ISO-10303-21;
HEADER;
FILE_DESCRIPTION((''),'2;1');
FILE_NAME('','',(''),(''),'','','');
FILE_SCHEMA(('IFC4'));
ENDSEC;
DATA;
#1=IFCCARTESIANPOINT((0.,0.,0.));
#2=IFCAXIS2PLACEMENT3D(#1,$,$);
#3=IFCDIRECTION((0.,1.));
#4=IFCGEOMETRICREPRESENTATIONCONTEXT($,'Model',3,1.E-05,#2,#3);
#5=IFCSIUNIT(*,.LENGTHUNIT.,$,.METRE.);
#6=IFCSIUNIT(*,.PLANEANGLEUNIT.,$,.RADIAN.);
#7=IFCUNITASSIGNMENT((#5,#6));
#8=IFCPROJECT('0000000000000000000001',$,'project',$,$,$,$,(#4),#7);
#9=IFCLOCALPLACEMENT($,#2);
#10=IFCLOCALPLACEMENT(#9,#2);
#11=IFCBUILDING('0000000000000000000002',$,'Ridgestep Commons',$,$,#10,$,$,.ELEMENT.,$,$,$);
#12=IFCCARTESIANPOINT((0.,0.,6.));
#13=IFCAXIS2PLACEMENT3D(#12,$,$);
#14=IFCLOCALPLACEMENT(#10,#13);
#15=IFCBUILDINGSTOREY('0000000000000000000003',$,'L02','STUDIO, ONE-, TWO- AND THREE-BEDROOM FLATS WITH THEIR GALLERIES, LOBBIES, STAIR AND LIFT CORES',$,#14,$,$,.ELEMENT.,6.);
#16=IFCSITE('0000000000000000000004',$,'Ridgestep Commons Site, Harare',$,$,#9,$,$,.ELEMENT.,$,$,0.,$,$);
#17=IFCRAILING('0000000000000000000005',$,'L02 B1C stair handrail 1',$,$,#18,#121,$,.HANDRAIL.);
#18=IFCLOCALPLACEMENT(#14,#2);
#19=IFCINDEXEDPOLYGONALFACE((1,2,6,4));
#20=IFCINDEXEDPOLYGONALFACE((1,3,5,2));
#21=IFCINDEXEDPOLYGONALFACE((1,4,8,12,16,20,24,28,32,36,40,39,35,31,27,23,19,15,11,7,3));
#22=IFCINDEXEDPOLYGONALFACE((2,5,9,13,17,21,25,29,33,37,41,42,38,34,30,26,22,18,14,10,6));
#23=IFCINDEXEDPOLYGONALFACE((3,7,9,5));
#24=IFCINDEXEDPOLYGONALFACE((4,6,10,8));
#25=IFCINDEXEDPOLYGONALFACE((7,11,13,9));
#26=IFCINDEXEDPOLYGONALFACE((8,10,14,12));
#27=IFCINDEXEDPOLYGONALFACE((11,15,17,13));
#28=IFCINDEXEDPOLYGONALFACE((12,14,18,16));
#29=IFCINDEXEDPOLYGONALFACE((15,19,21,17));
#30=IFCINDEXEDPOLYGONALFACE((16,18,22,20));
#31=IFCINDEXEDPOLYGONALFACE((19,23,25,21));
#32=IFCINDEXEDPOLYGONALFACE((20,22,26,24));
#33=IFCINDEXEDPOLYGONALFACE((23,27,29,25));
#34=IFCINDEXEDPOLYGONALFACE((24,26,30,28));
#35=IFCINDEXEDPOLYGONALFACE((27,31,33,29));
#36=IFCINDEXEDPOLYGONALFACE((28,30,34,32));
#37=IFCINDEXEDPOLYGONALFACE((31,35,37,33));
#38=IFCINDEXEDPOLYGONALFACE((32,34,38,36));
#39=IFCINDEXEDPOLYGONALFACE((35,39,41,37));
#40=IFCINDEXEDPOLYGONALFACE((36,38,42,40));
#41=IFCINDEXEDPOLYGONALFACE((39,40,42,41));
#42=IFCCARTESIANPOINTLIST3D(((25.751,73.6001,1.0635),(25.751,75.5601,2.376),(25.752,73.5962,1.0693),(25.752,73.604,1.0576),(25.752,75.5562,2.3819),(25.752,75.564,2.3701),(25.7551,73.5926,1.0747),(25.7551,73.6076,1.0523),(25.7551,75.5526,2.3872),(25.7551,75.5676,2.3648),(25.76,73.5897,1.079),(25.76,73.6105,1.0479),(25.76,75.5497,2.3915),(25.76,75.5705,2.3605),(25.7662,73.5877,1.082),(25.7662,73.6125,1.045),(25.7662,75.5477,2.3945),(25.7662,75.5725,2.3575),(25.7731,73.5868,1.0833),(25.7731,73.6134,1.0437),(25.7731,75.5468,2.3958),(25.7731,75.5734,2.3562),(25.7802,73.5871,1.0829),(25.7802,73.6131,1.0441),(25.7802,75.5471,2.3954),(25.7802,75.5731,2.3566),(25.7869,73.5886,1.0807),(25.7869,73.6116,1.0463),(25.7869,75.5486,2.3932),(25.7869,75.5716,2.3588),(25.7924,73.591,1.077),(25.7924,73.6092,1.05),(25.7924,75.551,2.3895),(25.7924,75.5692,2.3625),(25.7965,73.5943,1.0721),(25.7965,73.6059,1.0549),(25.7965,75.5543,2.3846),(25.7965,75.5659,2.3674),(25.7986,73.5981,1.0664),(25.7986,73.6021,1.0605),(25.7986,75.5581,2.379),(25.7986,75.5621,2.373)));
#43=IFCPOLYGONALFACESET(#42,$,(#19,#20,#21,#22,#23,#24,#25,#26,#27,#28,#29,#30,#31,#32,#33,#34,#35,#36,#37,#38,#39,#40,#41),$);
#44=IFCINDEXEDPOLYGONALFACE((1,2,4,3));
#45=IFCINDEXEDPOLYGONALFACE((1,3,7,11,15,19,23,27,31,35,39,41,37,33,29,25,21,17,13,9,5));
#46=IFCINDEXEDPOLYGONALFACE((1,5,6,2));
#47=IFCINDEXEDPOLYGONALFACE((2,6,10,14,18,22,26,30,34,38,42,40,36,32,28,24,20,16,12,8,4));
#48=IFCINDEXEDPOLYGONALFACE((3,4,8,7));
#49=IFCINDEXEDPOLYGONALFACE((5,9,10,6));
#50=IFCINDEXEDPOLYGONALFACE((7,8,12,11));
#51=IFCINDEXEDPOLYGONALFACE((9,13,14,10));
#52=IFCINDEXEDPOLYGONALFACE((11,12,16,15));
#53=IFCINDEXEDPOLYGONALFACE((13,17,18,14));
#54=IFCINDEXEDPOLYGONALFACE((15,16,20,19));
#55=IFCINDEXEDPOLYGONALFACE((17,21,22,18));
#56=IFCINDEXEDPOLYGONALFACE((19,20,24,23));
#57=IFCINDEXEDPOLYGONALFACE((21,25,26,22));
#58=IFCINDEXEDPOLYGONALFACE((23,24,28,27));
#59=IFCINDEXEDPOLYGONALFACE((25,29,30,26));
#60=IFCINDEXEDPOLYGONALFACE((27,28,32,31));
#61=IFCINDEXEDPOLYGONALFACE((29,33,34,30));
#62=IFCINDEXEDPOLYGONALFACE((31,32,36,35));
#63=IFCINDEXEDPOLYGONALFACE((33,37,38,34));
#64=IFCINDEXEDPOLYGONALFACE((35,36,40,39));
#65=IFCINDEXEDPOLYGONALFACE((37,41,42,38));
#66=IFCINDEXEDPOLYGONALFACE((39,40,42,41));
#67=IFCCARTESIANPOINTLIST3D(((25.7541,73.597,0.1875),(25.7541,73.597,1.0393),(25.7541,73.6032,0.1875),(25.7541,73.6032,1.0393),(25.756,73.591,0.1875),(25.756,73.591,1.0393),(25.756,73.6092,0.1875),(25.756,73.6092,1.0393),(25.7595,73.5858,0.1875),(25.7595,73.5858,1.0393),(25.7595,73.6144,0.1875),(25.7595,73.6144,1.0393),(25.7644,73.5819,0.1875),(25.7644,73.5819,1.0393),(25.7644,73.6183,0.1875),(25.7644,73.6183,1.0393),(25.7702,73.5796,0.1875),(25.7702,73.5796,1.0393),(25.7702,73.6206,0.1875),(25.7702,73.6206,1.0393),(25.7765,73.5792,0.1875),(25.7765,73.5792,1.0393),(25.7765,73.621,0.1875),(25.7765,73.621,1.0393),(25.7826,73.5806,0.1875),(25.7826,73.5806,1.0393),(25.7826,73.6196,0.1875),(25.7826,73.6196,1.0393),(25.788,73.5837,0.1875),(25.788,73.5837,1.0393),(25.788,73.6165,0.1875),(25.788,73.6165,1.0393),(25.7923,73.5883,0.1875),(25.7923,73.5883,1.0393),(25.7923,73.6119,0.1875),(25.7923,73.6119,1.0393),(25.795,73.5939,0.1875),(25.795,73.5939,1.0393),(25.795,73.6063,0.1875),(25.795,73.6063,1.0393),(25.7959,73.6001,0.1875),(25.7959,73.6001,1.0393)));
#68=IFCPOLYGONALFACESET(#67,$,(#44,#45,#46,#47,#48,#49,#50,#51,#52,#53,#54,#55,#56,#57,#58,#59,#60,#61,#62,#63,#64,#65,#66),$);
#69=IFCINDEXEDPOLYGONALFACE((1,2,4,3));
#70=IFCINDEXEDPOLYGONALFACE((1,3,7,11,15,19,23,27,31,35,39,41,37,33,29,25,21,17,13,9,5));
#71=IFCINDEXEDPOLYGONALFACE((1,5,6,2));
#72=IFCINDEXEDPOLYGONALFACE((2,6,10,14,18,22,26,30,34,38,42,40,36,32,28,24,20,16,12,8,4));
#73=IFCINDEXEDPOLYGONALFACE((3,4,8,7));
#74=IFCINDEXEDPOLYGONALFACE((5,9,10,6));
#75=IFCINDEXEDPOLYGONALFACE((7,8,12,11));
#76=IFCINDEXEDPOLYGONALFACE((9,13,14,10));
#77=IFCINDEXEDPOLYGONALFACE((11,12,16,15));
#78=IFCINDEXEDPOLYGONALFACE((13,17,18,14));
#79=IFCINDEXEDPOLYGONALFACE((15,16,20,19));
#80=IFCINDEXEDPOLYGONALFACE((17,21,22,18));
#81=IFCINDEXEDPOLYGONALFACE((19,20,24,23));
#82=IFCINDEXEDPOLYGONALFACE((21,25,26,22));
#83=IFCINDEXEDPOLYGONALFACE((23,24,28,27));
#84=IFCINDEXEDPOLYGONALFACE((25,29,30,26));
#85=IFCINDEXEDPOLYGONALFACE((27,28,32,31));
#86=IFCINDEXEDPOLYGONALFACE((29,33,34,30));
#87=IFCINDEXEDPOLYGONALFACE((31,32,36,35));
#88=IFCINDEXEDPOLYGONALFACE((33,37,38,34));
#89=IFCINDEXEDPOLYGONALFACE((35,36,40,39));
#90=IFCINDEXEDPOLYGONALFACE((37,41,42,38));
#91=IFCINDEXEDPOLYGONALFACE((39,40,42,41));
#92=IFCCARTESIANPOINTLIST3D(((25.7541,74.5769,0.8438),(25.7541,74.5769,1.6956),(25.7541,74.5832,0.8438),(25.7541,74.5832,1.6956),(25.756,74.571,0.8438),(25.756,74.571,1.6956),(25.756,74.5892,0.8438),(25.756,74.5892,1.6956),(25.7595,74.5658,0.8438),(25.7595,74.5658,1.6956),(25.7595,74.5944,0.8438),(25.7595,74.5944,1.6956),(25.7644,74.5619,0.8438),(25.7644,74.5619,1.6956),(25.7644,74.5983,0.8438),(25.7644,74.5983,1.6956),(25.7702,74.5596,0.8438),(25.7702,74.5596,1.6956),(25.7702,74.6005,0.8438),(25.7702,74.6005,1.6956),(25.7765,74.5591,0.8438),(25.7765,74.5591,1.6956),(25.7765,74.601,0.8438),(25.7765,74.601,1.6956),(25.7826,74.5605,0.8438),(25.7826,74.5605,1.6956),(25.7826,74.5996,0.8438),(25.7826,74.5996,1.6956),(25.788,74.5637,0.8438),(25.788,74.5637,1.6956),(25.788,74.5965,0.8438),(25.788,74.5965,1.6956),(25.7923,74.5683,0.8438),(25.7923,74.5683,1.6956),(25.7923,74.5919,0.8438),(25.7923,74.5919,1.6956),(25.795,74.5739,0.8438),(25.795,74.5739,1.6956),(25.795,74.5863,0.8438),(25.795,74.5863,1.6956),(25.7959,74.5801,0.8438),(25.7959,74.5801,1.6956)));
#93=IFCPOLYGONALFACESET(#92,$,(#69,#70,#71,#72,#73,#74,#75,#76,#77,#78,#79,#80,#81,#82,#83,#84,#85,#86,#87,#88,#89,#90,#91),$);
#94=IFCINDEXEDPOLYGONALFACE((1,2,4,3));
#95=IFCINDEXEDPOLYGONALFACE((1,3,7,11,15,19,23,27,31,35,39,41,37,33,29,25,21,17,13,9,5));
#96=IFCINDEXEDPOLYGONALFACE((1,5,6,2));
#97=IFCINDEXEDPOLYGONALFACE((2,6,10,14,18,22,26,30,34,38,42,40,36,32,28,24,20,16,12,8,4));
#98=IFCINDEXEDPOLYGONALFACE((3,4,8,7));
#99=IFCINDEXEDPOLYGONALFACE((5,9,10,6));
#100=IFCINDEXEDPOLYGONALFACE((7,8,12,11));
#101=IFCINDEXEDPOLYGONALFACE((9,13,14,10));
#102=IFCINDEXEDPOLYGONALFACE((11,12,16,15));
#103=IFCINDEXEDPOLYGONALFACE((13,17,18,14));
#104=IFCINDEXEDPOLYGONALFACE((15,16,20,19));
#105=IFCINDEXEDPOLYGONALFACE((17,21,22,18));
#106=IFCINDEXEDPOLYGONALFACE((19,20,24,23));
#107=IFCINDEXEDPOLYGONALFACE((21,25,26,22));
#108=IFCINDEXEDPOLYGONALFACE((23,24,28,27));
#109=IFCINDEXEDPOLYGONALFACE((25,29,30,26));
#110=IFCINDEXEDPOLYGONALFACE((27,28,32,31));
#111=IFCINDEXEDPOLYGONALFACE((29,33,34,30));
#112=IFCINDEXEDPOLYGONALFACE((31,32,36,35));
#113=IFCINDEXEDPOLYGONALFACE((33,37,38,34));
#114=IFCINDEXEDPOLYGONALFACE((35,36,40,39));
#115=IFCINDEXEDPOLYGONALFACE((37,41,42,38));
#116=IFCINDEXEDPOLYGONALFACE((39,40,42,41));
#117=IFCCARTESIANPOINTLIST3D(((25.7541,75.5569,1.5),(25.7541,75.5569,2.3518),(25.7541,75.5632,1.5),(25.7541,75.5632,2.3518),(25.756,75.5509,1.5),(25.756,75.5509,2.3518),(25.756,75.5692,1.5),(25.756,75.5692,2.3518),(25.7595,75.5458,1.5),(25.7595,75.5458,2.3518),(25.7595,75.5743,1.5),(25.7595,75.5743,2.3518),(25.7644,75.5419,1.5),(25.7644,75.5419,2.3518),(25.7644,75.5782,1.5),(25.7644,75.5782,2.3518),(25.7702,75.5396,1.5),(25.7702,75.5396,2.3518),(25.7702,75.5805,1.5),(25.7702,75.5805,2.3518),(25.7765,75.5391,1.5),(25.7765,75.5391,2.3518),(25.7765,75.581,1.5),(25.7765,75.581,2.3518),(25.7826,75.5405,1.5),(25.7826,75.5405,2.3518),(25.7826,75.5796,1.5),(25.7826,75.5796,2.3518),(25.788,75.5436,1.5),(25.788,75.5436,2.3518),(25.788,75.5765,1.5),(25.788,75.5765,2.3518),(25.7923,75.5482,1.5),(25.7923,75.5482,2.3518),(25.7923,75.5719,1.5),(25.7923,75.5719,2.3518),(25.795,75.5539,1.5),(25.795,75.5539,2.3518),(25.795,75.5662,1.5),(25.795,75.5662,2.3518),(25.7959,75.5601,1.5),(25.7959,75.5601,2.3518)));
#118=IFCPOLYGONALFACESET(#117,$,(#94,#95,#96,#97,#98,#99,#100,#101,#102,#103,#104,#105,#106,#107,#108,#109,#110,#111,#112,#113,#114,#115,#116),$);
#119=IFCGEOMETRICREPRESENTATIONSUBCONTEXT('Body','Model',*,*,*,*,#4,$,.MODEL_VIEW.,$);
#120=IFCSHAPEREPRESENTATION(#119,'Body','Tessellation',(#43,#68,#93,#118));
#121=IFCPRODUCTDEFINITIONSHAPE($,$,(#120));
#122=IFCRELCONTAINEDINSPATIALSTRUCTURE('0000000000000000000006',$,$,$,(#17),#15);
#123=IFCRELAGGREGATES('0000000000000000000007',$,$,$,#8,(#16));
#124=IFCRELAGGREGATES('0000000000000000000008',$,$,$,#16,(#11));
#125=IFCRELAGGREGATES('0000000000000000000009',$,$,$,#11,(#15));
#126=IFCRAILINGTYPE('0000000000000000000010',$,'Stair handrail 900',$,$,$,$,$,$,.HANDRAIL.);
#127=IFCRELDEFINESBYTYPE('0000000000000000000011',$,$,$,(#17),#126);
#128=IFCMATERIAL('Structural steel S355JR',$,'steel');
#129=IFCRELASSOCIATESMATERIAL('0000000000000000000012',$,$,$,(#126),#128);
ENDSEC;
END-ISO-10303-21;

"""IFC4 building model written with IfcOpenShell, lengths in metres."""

from ifc_helpers import new_model, si_unit, direction, frame, origin, origin_2d, place, context, subcontext, project, spatial, circle, extrude, material, type_object, element, save


model = new_model("IFC4")

# Units and contexts
model_context = context("Model", 3, precision=1e-05, world=origin(), true_north=direction((0.0, 1.0)))
body_context = subcontext(model_context, "Body", "Model", "MODEL_VIEW")
ifc_project = project(units=[si_unit("LENGTHUNIT", "METRE"), si_unit("PLANEANGLEUNIT", "RADIAN")], contexts=[model_context])

# Site, building, storey
site_placement = place(None, origin())
site = spatial("IfcSite", under=ifc_project, at=site_placement, Name="Ridgestep Commons Site, Harare", CompositionType="ELEMENT", RefElevation=0.0)
building_placement = place(site_placement, origin())
building = spatial("IfcBuilding", under=site, at=building_placement, Name="Ridgestep Commons", CompositionType="ELEMENT")
storey_placement = place(building_placement, frame((0.0, 0.0, 6.0)))
storey = spatial("IfcBuildingStorey", under=building, at=storey_placement, Name="L02", Description="STUDIO, ONE-, TWO- AND THREE-BEDROOM FLATS WITH THEIR GALLERIES, LOBBIES, STAIR AND LIFT CORES", CompositionType="ELEMENT", Elevation=6.0)

# Railing
ifc_material_1 = material(Name="Structural steel S355JR", Category="steel")
railing_type = type_object("IfcRailingType", Name="Stair handrail 900", PredefinedType="HANDRAIL", material=ifc_material_1)
railing_1_placement = place(storey_placement, frame((25.7749, 73.6001, 0.1875)))
element("IfcRailing", 1, at=railing_1_placement, inside=storey, type_object=railing_type, Name="L02 B1C stair handrail 1", PredefinedType="HANDRAIL", context=body_context, shape_type="SweptSolid", body=[
    extrude(circle(Radius=0.0239, at=origin_2d()), frame((0.0, 0.0, 0.876), z_axis=(0.0, 0.830902, 0.556419), x_axis=(-1.0, 0.0, 0.0)), (0.0, 0.0, 1.0), 2.3589),
    extrude(circle(Radius=0.021, at=origin_2d()), origin(), (0.0, 0.0, 1.0), 0.8518),
    extrude(circle(Radius=0.021, at=origin_2d()), frame((0.0, 0.98, 0.6562)), (0.0, 0.0, 1.0), 0.8518),
    extrude(circle(Radius=0.021, at=origin_2d()), frame((0.0, 1.96, 1.3125)), (0.0, 0.0, 1.0), 0.8518),
])

save(model, "model.ifc")
